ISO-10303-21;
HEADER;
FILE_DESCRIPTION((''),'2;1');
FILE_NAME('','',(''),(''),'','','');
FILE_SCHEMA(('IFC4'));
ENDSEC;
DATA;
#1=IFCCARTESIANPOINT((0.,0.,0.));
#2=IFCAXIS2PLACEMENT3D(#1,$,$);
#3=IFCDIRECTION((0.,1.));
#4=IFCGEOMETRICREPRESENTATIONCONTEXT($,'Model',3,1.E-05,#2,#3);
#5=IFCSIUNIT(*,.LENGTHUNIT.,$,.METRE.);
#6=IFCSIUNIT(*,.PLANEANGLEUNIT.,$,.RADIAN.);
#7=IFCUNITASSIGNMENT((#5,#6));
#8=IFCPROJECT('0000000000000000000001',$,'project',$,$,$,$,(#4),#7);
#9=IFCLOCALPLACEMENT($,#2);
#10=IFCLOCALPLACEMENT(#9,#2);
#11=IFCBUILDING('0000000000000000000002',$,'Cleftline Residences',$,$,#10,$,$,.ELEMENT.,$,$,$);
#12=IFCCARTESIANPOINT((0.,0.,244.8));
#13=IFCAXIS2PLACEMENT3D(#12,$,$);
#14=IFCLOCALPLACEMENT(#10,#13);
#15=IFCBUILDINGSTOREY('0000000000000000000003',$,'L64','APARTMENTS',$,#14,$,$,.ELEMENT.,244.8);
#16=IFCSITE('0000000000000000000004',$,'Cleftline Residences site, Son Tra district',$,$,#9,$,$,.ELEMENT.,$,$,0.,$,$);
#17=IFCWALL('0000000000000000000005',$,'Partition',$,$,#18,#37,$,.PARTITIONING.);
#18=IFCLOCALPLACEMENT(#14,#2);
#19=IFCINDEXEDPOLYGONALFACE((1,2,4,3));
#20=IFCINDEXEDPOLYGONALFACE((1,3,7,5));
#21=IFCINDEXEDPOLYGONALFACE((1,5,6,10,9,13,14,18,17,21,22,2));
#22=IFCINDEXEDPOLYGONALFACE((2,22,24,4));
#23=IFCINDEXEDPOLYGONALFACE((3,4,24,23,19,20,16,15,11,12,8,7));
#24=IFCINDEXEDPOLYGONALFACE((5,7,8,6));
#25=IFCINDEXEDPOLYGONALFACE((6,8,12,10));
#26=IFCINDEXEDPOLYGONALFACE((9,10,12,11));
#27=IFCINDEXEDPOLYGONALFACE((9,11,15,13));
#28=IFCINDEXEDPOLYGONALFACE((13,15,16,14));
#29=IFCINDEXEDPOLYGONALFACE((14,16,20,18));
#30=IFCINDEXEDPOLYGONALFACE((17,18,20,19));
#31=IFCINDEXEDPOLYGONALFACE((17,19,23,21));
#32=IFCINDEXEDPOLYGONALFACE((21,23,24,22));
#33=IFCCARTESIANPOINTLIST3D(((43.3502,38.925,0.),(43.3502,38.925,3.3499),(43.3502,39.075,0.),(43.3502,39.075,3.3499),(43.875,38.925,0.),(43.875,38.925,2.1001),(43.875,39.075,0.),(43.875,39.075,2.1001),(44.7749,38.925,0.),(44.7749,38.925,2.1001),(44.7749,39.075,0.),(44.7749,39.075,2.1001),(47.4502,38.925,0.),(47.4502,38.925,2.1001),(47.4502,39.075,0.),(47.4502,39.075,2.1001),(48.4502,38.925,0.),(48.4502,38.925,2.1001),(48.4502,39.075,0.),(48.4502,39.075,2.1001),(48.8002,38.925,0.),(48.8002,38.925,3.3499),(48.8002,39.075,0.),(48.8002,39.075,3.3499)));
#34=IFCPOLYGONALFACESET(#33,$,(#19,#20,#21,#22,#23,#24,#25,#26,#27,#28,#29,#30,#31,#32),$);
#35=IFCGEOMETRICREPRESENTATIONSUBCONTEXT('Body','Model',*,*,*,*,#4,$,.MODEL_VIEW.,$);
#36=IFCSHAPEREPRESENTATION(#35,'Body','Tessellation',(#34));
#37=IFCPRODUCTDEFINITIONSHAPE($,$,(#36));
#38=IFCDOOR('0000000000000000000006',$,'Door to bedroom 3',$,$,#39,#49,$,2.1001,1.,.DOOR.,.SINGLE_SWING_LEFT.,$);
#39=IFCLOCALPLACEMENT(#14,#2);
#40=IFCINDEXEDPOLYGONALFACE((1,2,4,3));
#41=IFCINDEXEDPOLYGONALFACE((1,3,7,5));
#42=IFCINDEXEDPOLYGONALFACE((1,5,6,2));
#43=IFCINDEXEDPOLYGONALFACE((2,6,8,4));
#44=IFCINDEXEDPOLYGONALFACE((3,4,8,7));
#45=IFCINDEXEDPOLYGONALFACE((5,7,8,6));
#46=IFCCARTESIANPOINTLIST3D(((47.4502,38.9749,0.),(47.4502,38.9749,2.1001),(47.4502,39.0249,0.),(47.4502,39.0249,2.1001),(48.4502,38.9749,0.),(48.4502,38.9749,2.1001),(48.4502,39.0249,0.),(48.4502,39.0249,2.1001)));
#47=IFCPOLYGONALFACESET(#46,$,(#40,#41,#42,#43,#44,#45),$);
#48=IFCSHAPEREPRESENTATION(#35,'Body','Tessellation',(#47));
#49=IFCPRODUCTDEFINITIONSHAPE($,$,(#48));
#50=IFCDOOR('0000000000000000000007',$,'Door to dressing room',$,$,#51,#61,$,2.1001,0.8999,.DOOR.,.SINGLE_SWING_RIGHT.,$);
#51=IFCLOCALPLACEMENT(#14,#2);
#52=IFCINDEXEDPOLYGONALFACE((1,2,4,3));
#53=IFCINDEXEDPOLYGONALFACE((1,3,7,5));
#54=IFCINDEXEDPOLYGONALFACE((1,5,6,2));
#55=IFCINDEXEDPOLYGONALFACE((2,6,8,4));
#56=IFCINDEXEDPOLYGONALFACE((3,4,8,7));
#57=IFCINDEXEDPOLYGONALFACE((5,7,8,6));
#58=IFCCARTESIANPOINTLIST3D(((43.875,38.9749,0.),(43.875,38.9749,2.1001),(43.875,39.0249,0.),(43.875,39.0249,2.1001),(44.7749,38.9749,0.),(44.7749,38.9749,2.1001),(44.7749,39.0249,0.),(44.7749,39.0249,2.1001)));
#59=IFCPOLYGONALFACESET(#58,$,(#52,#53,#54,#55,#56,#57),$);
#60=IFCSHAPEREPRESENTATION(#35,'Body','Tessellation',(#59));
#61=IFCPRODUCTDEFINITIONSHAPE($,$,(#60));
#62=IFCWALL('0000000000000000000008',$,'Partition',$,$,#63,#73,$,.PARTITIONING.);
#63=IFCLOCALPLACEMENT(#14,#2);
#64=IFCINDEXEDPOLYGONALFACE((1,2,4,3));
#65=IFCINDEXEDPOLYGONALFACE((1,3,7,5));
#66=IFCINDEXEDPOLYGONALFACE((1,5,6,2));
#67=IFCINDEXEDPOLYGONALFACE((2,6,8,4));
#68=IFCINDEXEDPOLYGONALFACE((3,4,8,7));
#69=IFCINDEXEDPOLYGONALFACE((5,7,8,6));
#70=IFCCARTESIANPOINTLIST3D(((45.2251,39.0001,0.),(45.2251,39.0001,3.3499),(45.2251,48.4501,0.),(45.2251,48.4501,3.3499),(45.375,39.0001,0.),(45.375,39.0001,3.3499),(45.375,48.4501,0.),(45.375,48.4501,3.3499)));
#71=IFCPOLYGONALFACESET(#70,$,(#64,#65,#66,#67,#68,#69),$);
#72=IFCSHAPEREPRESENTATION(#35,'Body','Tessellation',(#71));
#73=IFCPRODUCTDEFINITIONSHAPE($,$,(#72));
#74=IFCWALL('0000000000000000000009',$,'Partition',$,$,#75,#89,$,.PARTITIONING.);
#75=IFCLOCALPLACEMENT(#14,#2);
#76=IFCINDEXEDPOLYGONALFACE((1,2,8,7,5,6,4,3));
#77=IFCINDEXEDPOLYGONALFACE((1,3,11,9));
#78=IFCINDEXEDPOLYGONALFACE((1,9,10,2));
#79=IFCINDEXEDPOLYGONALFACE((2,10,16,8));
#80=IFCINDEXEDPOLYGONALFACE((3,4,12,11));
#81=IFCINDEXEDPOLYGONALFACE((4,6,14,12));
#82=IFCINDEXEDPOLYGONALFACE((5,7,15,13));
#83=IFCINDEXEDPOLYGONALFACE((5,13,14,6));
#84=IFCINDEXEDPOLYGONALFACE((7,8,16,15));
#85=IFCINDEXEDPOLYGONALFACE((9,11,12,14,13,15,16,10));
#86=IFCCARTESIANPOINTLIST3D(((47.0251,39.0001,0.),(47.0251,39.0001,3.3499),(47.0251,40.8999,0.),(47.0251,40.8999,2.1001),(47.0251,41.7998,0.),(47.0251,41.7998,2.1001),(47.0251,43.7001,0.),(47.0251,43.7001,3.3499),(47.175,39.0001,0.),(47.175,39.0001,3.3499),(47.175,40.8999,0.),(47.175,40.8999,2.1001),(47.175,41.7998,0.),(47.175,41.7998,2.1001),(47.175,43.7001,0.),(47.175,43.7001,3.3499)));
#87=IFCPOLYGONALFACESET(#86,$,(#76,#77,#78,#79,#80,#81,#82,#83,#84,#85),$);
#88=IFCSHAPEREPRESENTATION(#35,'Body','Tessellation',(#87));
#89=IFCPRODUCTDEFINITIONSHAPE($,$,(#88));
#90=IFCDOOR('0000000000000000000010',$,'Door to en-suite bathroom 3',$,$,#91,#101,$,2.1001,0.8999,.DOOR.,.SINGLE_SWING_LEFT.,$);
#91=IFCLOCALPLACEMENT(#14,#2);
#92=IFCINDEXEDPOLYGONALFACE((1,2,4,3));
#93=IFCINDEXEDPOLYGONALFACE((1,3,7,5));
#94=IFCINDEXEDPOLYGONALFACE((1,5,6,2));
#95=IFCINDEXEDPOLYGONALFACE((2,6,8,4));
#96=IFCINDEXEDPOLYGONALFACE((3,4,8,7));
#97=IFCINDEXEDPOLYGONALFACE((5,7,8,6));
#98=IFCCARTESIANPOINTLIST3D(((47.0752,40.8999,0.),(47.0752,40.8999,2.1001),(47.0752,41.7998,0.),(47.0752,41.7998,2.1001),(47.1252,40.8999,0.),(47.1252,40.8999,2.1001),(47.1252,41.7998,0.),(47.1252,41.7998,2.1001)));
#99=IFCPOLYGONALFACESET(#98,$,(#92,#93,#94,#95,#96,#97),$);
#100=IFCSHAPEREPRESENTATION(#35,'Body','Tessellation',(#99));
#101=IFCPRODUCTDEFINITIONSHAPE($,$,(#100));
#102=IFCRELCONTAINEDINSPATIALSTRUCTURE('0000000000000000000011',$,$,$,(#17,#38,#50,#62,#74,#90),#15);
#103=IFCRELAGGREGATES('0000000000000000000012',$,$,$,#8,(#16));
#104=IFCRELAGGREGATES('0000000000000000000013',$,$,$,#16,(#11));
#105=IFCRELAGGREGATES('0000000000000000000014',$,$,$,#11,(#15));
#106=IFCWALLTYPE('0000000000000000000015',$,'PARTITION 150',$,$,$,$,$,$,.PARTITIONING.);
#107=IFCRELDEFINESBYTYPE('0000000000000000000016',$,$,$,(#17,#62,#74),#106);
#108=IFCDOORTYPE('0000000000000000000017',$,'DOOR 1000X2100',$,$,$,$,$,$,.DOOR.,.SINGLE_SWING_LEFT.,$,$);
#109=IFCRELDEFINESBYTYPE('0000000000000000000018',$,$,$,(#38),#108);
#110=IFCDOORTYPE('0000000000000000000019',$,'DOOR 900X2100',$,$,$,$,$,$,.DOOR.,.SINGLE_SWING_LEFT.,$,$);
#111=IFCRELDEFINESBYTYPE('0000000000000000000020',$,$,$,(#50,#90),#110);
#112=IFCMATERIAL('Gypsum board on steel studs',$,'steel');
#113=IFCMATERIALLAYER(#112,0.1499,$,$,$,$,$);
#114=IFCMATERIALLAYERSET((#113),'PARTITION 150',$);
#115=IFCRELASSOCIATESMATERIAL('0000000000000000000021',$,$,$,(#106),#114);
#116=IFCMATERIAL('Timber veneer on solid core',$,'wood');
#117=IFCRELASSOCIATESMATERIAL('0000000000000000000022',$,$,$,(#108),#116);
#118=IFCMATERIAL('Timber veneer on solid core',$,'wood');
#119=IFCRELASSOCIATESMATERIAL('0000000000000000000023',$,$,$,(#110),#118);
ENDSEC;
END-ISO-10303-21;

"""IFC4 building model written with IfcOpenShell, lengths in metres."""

from ifc_helpers import new_model, si_unit, direction, frame, frame_2d, origin, place, context, subcontext, project, spatial, rectangle, extrude, material, layer, layer_set, type_object, element, fill, save


model = new_model("IFC4")

# Units and contexts
model_context = context("Model", 3, precision=1e-05, world=origin(), true_north=direction((0.0, 1.0)))
body_context = subcontext(model_context, "Body", "Model", "MODEL_VIEW")
ifc_project = project(units=[si_unit("LENGTHUNIT", "METRE"), si_unit("PLANEANGLEUNIT", "RADIAN")], contexts=[model_context])

# Site, building, storey
site_placement = place(None, origin())
site = spatial("IfcSite", under=ifc_project, at=site_placement, Name="Cleftline Residences site, Son Tra district", CompositionType="ELEMENT", RefElevation=0.0)
building_placement = place(site_placement, origin())
building = spatial("IfcBuilding", under=site, at=building_placement, Name="Cleftline Residences", CompositionType="ELEMENT")
storey_placement = place(building_placement, frame((0.0, 0.0, 244.8)))
storey = spatial("IfcBuildingStorey", under=building, at=storey_placement, Name="L64", Description="APARTMENTS", CompositionType="ELEMENT", Elevation=244.8)

# Shared definitions
ifc_material_1 = material(Name="Gypsum board on steel studs", Category="steel")
ifc_layer_1 = layer(ifc_material_1, 0.1499)
ifc_layer_set_1 = layer_set([ifc_layer_1], Name="PARTITION 150")
wall_type = type_object("IfcWallType", Name="PARTITION 150", PredefinedType="PARTITIONING", material=ifc_layer_set_1)

# Wall, openings, doors
ifc_material_2 = material(Name="Timber veneer on solid core", Category="wood")
door_type_1 = type_object("IfcDoorType", Name="DOOR 1000X2100", OperationType="SINGLE_SWING_LEFT", PredefinedType="DOOR", material=ifc_material_2)
ifc_material_3 = material(Name="Timber veneer on solid core", Category="wood")
door_type_2 = type_object("IfcDoorType", Name="DOOR 900X2100", OperationType="SINGLE_SWING_LEFT", PredefinedType="DOOR", material=ifc_material_3)
wall_1_placement = place(storey_placement, frame((43.3501, 39.0, 0.0), z_axis=(0.0, 0.0, 1.0), x_axis=(1.0, 0.0, 0.0)))
wall_1 = element("IfcWall", 1, at=wall_1_placement, inside=storey, type_object=wall_type, Name="Partition", PredefinedType="PARTITIONING", context=body_context, shape_type="SweptSolid", body=[
    extrude(rectangle(XDim=5.45, YDim=0.1499, at=frame_2d((2.7251, 0.0))), origin(), (0.0, 0.0, 1.0), 3.3499),
])
opening_1_placement = place(wall_1_placement, frame((4.1001, 0.0, 0.0)))
opening_1 = element("IfcOpeningElement", 2, at=opening_1_placement, cuts=wall_1, PredefinedType="OPENING", context=body_context, shape_type="SweptSolid", body=[
    extrude(rectangle(XDim=1.0, YDim=2.1001, at=frame_2d((0.5, 1.05))), frame((0.0, 0.085, 0.0), z_axis=(0.0, -1.0, 0.0), x_axis=(1.0, 0.0, 0.0)), (0.0, 0.0, 1.0), 0.1699),
])
opening_2_placement = place(wall_1_placement, frame((0.5249, 0.0, 0.0)))
opening_2 = element("IfcOpeningElement", 3, at=opening_2_placement, cuts=wall_1, PredefinedType="OPENING", context=body_context, shape_type="SweptSolid", body=[
    extrude(rectangle(XDim=0.8999, YDim=2.1001, at=frame_2d((0.45, 1.05))), frame((0.0, 0.085, 0.0), z_axis=(0.0, -1.0, 0.0), x_axis=(1.0, 0.0, 0.0)), (0.0, 0.0, 1.0), 0.1699),
])
door_1_placement = place(opening_1_placement, origin())
door_1 = element("IfcDoor", 4, at=door_1_placement, inside=storey, type_object=door_type_1, Name="Door to bedroom 3", OperationType="SINGLE_SWING_LEFT", OverallHeight=2.1001, OverallWidth=1.0, PredefinedType="DOOR", context=body_context, shape_type="SweptSolid", body=[
    extrude(rectangle(XDim=1.0, YDim=2.1001, at=frame_2d((0.5, 1.05))), frame((0.0, 0.0249, 0.0), z_axis=(0.0, -1.0, 0.0), x_axis=(1.0, 0.0, 0.0)), (0.0, 0.0, 1.0), 0.05),
])
fill(opening_1, door_1)
door_2_placement = place(opening_2_placement, origin())
door_2 = element("IfcDoor", 5, at=door_2_placement, inside=storey, type_object=door_type_2, Name="Door to dressing room", OperationType="SINGLE_SWING_RIGHT", OverallHeight=2.1001, OverallWidth=0.8999, PredefinedType="DOOR", context=body_context, shape_type="SweptSolid", body=[
    extrude(rectangle(XDim=0.8999, YDim=2.1001, at=frame_2d((0.45, 1.05))), frame((0.0, 0.0249, 0.0), z_axis=(0.0, -1.0, 0.0), x_axis=(1.0, 0.0, 0.0)), (0.0, 0.0, 1.0), 0.05),
])
fill(opening_2, door_2)

# Wall
wall_2_placement = place(storey_placement, frame((45.3, 39.0, 0.0), z_axis=(0.0, 0.0, 1.0), x_axis=(0.0, 1.0, 0.0)))
element("IfcWall", 6, at=wall_2_placement, inside=storey, type_object=wall_type, Name="Partition", PredefinedType="PARTITIONING", context=body_context, shape_type="SweptSolid", body=[
    extrude(rectangle(XDim=9.45, YDim=0.1499, at=frame_2d((4.7251, 0.0))), origin(), (0.0, 0.0, 1.0), 3.3499),
])

# Wall, opening, door
wall_3_placement = place(storey_placement, frame((47.1001, 39.0, 0.0), z_axis=(0.0, 0.0, 1.0), x_axis=(0.0, 1.0, 0.0)))
wall_3 = element("IfcWall", 7, at=wall_3_placement, inside=storey, type_object=wall_type, Name="Partition", PredefinedType="PARTITIONING", context=body_context, shape_type="SweptSolid", body=[
    extrude(rectangle(XDim=4.7, YDim=0.1499, at=frame_2d((2.3501, 0.0))), origin(), (0.0, 0.0, 1.0), 3.3499),
])
opening_3_placement = place(wall_3_placement, frame((1.8999, 0.0, 0.0)))
opening_3 = element("IfcOpeningElement", 8, at=opening_3_placement, cuts=wall_3, PredefinedType="OPENING", context=body_context, shape_type="SweptSolid", body=[
    extrude(rectangle(XDim=0.8999, YDim=2.1001, at=frame_2d((0.45, 1.05))), frame((0.0, 0.085, 0.0), z_axis=(0.0, -1.0, 0.0), x_axis=(1.0, 0.0, 0.0)), (0.0, 0.0, 1.0), 0.1699),
])
door_3_placement = place(opening_3_placement, origin())
door_3 = element("IfcDoor", 9, at=door_3_placement, inside=storey, type_object=door_type_2, Name="Door to en-suite bathroom 3", OperationType="SINGLE_SWING_LEFT", OverallHeight=2.1001, OverallWidth=0.8999, PredefinedType="DOOR", context=body_context, shape_type="SweptSolid", body=[
    extrude(rectangle(XDim=0.8999, YDim=2.1001, at=frame_2d((0.45, 1.05))), frame((0.0, 0.0249, 0.0), z_axis=(0.0, -1.0, 0.0), x_axis=(1.0, 0.0, 0.0)), (0.0, 0.0, 1.0), 0.05),
])
fill(opening_3, door_3)

save(model, "model.ifc")
